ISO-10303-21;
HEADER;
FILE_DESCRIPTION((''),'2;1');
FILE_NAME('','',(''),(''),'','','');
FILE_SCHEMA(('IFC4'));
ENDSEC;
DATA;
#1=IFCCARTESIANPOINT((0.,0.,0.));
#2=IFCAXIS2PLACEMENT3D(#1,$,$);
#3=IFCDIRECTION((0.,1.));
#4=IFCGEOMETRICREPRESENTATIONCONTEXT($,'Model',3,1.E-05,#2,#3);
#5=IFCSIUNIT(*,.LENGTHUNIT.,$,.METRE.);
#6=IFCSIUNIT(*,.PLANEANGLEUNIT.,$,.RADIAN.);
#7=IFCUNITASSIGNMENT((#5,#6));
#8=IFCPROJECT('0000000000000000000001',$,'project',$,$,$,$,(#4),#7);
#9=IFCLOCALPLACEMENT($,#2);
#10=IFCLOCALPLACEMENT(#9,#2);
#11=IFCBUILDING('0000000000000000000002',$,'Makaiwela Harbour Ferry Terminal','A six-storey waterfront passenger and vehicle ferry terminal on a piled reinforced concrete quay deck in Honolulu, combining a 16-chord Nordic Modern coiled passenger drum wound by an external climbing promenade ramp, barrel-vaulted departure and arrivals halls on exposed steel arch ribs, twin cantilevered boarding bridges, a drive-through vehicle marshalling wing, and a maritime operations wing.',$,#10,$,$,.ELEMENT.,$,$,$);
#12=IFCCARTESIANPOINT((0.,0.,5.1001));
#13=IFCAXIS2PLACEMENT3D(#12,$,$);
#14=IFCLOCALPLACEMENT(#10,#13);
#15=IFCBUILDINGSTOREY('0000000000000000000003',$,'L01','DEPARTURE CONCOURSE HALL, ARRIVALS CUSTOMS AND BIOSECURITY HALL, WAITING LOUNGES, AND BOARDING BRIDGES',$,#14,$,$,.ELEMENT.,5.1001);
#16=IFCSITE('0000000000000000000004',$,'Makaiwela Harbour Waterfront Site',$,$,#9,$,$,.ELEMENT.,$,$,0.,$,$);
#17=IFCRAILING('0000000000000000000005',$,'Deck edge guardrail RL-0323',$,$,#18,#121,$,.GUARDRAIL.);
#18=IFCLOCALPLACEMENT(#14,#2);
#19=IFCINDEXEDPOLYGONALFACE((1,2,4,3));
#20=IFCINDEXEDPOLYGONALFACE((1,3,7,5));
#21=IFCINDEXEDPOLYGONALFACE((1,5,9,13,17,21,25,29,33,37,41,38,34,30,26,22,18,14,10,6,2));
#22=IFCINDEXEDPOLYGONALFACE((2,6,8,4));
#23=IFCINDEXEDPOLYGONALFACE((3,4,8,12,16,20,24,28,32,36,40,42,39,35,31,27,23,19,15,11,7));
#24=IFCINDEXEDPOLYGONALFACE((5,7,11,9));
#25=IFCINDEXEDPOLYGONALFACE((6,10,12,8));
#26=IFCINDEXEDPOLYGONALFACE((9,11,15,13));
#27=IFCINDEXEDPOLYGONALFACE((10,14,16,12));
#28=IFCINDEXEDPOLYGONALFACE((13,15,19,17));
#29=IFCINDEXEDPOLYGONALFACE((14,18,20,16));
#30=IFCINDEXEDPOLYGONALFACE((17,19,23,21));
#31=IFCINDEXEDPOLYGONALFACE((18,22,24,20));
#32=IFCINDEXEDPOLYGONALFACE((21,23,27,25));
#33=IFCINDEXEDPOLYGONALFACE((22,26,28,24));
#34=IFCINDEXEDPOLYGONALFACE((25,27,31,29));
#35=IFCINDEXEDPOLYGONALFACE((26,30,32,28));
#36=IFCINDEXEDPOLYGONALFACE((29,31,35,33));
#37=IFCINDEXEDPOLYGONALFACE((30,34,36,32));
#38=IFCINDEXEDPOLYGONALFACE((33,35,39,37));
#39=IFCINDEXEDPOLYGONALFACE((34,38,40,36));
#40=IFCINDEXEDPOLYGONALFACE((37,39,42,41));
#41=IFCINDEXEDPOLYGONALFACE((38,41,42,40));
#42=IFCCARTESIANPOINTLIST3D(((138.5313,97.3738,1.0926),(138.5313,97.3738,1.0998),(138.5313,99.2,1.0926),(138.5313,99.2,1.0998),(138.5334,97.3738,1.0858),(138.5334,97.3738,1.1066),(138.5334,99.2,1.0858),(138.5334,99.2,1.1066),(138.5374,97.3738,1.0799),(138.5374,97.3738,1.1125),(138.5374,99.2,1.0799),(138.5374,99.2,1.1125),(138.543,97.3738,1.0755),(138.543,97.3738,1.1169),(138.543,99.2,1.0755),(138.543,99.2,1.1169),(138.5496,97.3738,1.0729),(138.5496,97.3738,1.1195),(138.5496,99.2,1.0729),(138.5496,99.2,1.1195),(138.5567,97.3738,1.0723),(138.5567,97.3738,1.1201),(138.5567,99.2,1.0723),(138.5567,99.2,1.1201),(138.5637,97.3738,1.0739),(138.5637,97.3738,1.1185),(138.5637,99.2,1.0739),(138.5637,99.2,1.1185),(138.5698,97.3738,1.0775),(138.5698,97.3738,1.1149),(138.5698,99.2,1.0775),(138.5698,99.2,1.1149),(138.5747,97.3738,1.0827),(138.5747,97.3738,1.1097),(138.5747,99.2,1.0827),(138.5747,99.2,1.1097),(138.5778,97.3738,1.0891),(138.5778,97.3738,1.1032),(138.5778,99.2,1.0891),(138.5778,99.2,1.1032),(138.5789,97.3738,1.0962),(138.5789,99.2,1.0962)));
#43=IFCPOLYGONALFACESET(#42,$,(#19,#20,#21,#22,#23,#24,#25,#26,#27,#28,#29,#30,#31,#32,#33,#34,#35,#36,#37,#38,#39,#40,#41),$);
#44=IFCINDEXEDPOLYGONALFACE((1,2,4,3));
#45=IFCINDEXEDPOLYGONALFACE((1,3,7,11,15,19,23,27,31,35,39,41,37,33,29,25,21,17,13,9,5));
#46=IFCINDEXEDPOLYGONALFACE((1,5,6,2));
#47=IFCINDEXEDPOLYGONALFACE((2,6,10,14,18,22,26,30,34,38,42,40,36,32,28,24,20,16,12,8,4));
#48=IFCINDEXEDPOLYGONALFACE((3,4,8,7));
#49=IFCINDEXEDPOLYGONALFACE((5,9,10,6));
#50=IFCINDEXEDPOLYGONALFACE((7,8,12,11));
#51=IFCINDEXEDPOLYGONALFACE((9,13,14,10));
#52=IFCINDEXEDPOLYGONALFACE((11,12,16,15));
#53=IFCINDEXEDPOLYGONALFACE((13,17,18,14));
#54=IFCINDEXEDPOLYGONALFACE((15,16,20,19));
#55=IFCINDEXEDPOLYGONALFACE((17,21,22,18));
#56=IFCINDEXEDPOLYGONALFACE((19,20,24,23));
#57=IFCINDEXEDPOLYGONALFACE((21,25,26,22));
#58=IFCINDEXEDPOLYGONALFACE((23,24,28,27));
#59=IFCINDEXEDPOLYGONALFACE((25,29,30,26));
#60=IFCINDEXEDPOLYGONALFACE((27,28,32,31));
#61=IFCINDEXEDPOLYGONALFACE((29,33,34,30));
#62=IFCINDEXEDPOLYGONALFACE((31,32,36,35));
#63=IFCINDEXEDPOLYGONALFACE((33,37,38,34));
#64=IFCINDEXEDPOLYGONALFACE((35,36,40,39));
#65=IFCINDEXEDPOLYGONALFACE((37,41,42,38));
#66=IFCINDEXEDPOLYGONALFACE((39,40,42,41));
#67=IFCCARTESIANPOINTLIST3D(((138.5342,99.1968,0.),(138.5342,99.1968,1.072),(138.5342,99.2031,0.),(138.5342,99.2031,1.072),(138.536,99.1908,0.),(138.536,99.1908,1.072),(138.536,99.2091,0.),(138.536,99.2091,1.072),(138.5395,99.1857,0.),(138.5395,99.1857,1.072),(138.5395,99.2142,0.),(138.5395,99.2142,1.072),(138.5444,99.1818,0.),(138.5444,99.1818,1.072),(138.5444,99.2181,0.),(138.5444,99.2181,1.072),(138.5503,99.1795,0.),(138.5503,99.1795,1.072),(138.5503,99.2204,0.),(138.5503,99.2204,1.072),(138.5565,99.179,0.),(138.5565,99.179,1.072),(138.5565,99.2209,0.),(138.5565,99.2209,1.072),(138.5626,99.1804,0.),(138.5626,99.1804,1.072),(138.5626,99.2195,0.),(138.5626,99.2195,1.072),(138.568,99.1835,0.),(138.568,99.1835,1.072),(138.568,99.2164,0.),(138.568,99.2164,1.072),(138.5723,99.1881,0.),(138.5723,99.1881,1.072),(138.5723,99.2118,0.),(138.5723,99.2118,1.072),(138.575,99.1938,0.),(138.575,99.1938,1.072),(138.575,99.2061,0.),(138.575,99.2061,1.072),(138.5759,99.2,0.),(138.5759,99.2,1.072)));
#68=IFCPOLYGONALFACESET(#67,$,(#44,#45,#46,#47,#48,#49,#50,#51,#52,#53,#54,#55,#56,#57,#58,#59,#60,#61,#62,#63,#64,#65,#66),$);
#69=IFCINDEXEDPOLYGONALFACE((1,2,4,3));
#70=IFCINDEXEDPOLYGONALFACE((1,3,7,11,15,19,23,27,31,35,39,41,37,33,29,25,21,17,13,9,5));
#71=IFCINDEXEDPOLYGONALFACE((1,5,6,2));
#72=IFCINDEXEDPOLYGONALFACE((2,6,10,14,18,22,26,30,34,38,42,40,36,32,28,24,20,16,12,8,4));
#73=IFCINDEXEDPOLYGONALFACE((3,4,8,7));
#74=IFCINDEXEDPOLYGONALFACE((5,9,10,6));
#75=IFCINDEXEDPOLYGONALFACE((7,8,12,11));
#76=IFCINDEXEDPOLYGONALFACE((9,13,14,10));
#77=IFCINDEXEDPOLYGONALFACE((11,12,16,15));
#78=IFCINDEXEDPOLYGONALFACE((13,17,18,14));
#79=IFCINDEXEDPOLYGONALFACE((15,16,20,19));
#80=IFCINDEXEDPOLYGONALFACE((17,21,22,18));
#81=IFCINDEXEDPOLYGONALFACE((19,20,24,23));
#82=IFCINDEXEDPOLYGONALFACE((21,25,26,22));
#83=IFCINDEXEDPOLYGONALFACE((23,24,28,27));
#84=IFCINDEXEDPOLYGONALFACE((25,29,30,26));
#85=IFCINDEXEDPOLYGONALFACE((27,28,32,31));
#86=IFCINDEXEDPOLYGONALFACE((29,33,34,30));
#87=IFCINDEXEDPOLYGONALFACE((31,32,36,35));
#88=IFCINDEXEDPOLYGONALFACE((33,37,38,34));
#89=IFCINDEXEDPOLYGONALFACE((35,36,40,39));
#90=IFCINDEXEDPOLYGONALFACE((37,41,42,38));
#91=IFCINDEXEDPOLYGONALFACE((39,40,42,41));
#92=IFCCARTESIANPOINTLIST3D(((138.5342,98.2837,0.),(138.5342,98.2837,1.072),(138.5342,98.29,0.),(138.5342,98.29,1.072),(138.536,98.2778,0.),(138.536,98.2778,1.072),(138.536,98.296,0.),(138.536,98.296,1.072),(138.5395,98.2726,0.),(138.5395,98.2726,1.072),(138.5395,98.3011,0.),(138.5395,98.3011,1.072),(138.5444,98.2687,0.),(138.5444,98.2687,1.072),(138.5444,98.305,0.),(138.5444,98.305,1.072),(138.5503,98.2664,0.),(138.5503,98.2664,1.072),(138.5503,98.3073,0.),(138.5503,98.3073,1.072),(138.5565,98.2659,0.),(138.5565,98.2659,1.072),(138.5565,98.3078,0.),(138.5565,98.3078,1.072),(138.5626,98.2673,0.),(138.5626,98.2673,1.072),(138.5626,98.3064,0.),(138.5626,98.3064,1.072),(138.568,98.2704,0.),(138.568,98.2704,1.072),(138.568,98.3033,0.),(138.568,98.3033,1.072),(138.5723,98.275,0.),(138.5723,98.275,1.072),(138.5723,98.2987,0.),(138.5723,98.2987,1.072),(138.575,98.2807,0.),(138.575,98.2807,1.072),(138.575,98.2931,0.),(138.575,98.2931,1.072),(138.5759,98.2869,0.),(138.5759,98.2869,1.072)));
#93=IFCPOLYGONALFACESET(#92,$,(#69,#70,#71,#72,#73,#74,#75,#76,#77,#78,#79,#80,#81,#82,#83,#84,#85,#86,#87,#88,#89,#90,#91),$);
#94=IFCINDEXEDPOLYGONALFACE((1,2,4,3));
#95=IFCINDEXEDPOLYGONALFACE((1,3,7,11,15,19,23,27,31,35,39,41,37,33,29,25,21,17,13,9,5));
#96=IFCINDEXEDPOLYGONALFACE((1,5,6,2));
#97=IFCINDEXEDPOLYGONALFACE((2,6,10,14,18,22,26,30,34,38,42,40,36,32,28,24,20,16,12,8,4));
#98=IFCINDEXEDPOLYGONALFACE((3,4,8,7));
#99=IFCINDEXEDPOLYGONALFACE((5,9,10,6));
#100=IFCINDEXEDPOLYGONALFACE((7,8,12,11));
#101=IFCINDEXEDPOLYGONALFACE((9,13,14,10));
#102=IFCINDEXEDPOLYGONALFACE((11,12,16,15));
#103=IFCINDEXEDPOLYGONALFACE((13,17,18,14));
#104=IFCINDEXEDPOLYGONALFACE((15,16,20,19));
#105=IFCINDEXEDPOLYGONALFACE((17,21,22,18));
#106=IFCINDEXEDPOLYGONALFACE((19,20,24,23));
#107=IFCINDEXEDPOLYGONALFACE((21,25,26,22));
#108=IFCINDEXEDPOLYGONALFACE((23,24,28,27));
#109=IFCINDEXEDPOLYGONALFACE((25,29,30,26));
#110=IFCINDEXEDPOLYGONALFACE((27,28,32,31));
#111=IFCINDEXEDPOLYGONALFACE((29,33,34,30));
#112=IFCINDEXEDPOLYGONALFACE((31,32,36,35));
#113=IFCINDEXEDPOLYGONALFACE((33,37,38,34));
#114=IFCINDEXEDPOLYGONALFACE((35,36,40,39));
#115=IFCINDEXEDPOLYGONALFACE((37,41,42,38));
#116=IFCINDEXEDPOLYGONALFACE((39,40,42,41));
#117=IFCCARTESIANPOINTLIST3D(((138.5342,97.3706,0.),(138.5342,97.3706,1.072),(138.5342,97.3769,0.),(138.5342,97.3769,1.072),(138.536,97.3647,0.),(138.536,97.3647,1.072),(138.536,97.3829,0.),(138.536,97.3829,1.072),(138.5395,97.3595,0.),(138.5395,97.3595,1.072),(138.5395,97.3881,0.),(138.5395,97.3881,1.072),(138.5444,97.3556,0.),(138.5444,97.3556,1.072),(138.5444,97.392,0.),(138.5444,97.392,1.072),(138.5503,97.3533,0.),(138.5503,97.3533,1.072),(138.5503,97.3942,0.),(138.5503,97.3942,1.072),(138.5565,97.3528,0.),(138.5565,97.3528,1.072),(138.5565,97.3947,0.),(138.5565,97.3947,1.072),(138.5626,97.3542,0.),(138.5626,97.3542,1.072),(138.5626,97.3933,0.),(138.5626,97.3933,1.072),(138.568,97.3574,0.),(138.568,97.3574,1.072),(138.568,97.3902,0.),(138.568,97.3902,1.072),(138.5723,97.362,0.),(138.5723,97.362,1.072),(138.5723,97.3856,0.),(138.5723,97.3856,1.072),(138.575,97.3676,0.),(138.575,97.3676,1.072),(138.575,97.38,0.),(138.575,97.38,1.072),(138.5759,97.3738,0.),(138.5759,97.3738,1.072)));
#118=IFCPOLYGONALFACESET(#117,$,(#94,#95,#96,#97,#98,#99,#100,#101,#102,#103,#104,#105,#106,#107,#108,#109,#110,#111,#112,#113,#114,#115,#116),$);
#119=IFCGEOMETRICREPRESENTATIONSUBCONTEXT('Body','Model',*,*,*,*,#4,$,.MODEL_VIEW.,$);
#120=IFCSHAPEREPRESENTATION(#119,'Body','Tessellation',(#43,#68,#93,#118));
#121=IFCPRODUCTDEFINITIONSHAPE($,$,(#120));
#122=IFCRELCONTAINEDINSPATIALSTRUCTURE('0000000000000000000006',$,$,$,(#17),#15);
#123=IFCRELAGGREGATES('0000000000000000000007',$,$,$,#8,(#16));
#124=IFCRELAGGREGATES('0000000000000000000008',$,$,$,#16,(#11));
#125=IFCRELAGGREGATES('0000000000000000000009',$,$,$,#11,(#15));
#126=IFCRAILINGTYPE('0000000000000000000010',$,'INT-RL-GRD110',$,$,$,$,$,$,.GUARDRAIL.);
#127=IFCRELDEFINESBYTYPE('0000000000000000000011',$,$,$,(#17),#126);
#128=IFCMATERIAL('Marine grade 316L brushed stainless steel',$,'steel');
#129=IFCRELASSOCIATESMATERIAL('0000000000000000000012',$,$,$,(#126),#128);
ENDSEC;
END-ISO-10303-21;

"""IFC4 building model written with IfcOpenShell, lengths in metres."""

from ifc_helpers import new_model, si_unit, direction, frame, origin, origin_2d, place, context, subcontext, project, spatial, circle, extrude, material, type_object, element, save


model = new_model("IFC4")

# Units and contexts
model_context = context("Model", 3, precision=1e-05, world=origin(), true_north=direction((0.0, 1.0)))
body_context = subcontext(model_context, "Body", "Model", "MODEL_VIEW")
ifc_project = project(units=[si_unit("LENGTHUNIT", "METRE"), si_unit("PLANEANGLEUNIT", "RADIAN")], contexts=[model_context])

# Site, building, storey
site_placement = place(None, origin())
site = spatial("IfcSite", under=ifc_project, at=site_placement, Name="Makaiwela Harbour Waterfront Site", CompositionType="ELEMENT", RefElevation=0.0)
building_placement = place(site_placement, origin())
building = spatial("IfcBuilding", under=site, at=building_placement, Name="Makaiwela Harbour Ferry Terminal", Description="A six-storey waterfront passenger and vehicle ferry terminal on a piled reinforced concrete quay deck in Honolulu, combining a 16-chord Nordic Modern coiled passenger drum wound by an external climbing promenade ramp, barrel-vaulted departure and arrivals halls on exposed steel arch ribs, twin cantilevered boarding bridges, a drive-through vehicle marshalling wing, and a maritime operations wing.", CompositionType="ELEMENT")
storey_placement = place(building_placement, frame((0.0, 0.0, 5.1001)))
storey = spatial("IfcBuildingStorey", under=building, at=storey_placement, Name="L01", Description="DEPARTURE CONCOURSE HALL, ARRIVALS CUSTOMS AND BIOSECURITY HALL, WAITING LOUNGES, AND BOARDING BRIDGES", CompositionType="ELEMENT", Elevation=5.1001)

# Railing
ifc_material_1 = material(Name="Marine grade 316L brushed stainless steel", Category="steel")
railing_type = type_object("IfcRailingType", Name="INT-RL-GRD110", PredefinedType="GUARDRAIL", material=ifc_material_1)
for number, where, name in (
    (1, (138.5549, 99.2, 0.0), "Deck edge guardrail RL-0323"),
):
    element("IfcRailing", number, at=place(storey_placement, frame(where)), inside=storey, type_object=railing_type, Name=name, PredefinedType="GUARDRAIL", context=body_context, shape_type="SweptSolid", body=[
        extrude(circle(Radius=0.0239, at=origin_2d()), frame((0.0, 0.0, 1.0962), z_axis=(0.0, -1.0, 0.0), x_axis=(1.0, 0.0, 0.0)), (0.0, 0.0, 1.0), 1.8262),
        extrude(circle(Radius=0.021, at=origin_2d()), origin(), (0.0, 0.0, 1.0), 1.072),
        extrude(circle(Radius=0.021, at=origin_2d()), frame((0.0, -0.9131, 0.0)), (0.0, 0.0, 1.0), 1.072),
        extrude(circle(Radius=0.021, at=origin_2d()), frame((0.0, -1.8262, 0.0)), (0.0, 0.0, 1.0), 1.072),
    ])

save(model, "model.ifc")
